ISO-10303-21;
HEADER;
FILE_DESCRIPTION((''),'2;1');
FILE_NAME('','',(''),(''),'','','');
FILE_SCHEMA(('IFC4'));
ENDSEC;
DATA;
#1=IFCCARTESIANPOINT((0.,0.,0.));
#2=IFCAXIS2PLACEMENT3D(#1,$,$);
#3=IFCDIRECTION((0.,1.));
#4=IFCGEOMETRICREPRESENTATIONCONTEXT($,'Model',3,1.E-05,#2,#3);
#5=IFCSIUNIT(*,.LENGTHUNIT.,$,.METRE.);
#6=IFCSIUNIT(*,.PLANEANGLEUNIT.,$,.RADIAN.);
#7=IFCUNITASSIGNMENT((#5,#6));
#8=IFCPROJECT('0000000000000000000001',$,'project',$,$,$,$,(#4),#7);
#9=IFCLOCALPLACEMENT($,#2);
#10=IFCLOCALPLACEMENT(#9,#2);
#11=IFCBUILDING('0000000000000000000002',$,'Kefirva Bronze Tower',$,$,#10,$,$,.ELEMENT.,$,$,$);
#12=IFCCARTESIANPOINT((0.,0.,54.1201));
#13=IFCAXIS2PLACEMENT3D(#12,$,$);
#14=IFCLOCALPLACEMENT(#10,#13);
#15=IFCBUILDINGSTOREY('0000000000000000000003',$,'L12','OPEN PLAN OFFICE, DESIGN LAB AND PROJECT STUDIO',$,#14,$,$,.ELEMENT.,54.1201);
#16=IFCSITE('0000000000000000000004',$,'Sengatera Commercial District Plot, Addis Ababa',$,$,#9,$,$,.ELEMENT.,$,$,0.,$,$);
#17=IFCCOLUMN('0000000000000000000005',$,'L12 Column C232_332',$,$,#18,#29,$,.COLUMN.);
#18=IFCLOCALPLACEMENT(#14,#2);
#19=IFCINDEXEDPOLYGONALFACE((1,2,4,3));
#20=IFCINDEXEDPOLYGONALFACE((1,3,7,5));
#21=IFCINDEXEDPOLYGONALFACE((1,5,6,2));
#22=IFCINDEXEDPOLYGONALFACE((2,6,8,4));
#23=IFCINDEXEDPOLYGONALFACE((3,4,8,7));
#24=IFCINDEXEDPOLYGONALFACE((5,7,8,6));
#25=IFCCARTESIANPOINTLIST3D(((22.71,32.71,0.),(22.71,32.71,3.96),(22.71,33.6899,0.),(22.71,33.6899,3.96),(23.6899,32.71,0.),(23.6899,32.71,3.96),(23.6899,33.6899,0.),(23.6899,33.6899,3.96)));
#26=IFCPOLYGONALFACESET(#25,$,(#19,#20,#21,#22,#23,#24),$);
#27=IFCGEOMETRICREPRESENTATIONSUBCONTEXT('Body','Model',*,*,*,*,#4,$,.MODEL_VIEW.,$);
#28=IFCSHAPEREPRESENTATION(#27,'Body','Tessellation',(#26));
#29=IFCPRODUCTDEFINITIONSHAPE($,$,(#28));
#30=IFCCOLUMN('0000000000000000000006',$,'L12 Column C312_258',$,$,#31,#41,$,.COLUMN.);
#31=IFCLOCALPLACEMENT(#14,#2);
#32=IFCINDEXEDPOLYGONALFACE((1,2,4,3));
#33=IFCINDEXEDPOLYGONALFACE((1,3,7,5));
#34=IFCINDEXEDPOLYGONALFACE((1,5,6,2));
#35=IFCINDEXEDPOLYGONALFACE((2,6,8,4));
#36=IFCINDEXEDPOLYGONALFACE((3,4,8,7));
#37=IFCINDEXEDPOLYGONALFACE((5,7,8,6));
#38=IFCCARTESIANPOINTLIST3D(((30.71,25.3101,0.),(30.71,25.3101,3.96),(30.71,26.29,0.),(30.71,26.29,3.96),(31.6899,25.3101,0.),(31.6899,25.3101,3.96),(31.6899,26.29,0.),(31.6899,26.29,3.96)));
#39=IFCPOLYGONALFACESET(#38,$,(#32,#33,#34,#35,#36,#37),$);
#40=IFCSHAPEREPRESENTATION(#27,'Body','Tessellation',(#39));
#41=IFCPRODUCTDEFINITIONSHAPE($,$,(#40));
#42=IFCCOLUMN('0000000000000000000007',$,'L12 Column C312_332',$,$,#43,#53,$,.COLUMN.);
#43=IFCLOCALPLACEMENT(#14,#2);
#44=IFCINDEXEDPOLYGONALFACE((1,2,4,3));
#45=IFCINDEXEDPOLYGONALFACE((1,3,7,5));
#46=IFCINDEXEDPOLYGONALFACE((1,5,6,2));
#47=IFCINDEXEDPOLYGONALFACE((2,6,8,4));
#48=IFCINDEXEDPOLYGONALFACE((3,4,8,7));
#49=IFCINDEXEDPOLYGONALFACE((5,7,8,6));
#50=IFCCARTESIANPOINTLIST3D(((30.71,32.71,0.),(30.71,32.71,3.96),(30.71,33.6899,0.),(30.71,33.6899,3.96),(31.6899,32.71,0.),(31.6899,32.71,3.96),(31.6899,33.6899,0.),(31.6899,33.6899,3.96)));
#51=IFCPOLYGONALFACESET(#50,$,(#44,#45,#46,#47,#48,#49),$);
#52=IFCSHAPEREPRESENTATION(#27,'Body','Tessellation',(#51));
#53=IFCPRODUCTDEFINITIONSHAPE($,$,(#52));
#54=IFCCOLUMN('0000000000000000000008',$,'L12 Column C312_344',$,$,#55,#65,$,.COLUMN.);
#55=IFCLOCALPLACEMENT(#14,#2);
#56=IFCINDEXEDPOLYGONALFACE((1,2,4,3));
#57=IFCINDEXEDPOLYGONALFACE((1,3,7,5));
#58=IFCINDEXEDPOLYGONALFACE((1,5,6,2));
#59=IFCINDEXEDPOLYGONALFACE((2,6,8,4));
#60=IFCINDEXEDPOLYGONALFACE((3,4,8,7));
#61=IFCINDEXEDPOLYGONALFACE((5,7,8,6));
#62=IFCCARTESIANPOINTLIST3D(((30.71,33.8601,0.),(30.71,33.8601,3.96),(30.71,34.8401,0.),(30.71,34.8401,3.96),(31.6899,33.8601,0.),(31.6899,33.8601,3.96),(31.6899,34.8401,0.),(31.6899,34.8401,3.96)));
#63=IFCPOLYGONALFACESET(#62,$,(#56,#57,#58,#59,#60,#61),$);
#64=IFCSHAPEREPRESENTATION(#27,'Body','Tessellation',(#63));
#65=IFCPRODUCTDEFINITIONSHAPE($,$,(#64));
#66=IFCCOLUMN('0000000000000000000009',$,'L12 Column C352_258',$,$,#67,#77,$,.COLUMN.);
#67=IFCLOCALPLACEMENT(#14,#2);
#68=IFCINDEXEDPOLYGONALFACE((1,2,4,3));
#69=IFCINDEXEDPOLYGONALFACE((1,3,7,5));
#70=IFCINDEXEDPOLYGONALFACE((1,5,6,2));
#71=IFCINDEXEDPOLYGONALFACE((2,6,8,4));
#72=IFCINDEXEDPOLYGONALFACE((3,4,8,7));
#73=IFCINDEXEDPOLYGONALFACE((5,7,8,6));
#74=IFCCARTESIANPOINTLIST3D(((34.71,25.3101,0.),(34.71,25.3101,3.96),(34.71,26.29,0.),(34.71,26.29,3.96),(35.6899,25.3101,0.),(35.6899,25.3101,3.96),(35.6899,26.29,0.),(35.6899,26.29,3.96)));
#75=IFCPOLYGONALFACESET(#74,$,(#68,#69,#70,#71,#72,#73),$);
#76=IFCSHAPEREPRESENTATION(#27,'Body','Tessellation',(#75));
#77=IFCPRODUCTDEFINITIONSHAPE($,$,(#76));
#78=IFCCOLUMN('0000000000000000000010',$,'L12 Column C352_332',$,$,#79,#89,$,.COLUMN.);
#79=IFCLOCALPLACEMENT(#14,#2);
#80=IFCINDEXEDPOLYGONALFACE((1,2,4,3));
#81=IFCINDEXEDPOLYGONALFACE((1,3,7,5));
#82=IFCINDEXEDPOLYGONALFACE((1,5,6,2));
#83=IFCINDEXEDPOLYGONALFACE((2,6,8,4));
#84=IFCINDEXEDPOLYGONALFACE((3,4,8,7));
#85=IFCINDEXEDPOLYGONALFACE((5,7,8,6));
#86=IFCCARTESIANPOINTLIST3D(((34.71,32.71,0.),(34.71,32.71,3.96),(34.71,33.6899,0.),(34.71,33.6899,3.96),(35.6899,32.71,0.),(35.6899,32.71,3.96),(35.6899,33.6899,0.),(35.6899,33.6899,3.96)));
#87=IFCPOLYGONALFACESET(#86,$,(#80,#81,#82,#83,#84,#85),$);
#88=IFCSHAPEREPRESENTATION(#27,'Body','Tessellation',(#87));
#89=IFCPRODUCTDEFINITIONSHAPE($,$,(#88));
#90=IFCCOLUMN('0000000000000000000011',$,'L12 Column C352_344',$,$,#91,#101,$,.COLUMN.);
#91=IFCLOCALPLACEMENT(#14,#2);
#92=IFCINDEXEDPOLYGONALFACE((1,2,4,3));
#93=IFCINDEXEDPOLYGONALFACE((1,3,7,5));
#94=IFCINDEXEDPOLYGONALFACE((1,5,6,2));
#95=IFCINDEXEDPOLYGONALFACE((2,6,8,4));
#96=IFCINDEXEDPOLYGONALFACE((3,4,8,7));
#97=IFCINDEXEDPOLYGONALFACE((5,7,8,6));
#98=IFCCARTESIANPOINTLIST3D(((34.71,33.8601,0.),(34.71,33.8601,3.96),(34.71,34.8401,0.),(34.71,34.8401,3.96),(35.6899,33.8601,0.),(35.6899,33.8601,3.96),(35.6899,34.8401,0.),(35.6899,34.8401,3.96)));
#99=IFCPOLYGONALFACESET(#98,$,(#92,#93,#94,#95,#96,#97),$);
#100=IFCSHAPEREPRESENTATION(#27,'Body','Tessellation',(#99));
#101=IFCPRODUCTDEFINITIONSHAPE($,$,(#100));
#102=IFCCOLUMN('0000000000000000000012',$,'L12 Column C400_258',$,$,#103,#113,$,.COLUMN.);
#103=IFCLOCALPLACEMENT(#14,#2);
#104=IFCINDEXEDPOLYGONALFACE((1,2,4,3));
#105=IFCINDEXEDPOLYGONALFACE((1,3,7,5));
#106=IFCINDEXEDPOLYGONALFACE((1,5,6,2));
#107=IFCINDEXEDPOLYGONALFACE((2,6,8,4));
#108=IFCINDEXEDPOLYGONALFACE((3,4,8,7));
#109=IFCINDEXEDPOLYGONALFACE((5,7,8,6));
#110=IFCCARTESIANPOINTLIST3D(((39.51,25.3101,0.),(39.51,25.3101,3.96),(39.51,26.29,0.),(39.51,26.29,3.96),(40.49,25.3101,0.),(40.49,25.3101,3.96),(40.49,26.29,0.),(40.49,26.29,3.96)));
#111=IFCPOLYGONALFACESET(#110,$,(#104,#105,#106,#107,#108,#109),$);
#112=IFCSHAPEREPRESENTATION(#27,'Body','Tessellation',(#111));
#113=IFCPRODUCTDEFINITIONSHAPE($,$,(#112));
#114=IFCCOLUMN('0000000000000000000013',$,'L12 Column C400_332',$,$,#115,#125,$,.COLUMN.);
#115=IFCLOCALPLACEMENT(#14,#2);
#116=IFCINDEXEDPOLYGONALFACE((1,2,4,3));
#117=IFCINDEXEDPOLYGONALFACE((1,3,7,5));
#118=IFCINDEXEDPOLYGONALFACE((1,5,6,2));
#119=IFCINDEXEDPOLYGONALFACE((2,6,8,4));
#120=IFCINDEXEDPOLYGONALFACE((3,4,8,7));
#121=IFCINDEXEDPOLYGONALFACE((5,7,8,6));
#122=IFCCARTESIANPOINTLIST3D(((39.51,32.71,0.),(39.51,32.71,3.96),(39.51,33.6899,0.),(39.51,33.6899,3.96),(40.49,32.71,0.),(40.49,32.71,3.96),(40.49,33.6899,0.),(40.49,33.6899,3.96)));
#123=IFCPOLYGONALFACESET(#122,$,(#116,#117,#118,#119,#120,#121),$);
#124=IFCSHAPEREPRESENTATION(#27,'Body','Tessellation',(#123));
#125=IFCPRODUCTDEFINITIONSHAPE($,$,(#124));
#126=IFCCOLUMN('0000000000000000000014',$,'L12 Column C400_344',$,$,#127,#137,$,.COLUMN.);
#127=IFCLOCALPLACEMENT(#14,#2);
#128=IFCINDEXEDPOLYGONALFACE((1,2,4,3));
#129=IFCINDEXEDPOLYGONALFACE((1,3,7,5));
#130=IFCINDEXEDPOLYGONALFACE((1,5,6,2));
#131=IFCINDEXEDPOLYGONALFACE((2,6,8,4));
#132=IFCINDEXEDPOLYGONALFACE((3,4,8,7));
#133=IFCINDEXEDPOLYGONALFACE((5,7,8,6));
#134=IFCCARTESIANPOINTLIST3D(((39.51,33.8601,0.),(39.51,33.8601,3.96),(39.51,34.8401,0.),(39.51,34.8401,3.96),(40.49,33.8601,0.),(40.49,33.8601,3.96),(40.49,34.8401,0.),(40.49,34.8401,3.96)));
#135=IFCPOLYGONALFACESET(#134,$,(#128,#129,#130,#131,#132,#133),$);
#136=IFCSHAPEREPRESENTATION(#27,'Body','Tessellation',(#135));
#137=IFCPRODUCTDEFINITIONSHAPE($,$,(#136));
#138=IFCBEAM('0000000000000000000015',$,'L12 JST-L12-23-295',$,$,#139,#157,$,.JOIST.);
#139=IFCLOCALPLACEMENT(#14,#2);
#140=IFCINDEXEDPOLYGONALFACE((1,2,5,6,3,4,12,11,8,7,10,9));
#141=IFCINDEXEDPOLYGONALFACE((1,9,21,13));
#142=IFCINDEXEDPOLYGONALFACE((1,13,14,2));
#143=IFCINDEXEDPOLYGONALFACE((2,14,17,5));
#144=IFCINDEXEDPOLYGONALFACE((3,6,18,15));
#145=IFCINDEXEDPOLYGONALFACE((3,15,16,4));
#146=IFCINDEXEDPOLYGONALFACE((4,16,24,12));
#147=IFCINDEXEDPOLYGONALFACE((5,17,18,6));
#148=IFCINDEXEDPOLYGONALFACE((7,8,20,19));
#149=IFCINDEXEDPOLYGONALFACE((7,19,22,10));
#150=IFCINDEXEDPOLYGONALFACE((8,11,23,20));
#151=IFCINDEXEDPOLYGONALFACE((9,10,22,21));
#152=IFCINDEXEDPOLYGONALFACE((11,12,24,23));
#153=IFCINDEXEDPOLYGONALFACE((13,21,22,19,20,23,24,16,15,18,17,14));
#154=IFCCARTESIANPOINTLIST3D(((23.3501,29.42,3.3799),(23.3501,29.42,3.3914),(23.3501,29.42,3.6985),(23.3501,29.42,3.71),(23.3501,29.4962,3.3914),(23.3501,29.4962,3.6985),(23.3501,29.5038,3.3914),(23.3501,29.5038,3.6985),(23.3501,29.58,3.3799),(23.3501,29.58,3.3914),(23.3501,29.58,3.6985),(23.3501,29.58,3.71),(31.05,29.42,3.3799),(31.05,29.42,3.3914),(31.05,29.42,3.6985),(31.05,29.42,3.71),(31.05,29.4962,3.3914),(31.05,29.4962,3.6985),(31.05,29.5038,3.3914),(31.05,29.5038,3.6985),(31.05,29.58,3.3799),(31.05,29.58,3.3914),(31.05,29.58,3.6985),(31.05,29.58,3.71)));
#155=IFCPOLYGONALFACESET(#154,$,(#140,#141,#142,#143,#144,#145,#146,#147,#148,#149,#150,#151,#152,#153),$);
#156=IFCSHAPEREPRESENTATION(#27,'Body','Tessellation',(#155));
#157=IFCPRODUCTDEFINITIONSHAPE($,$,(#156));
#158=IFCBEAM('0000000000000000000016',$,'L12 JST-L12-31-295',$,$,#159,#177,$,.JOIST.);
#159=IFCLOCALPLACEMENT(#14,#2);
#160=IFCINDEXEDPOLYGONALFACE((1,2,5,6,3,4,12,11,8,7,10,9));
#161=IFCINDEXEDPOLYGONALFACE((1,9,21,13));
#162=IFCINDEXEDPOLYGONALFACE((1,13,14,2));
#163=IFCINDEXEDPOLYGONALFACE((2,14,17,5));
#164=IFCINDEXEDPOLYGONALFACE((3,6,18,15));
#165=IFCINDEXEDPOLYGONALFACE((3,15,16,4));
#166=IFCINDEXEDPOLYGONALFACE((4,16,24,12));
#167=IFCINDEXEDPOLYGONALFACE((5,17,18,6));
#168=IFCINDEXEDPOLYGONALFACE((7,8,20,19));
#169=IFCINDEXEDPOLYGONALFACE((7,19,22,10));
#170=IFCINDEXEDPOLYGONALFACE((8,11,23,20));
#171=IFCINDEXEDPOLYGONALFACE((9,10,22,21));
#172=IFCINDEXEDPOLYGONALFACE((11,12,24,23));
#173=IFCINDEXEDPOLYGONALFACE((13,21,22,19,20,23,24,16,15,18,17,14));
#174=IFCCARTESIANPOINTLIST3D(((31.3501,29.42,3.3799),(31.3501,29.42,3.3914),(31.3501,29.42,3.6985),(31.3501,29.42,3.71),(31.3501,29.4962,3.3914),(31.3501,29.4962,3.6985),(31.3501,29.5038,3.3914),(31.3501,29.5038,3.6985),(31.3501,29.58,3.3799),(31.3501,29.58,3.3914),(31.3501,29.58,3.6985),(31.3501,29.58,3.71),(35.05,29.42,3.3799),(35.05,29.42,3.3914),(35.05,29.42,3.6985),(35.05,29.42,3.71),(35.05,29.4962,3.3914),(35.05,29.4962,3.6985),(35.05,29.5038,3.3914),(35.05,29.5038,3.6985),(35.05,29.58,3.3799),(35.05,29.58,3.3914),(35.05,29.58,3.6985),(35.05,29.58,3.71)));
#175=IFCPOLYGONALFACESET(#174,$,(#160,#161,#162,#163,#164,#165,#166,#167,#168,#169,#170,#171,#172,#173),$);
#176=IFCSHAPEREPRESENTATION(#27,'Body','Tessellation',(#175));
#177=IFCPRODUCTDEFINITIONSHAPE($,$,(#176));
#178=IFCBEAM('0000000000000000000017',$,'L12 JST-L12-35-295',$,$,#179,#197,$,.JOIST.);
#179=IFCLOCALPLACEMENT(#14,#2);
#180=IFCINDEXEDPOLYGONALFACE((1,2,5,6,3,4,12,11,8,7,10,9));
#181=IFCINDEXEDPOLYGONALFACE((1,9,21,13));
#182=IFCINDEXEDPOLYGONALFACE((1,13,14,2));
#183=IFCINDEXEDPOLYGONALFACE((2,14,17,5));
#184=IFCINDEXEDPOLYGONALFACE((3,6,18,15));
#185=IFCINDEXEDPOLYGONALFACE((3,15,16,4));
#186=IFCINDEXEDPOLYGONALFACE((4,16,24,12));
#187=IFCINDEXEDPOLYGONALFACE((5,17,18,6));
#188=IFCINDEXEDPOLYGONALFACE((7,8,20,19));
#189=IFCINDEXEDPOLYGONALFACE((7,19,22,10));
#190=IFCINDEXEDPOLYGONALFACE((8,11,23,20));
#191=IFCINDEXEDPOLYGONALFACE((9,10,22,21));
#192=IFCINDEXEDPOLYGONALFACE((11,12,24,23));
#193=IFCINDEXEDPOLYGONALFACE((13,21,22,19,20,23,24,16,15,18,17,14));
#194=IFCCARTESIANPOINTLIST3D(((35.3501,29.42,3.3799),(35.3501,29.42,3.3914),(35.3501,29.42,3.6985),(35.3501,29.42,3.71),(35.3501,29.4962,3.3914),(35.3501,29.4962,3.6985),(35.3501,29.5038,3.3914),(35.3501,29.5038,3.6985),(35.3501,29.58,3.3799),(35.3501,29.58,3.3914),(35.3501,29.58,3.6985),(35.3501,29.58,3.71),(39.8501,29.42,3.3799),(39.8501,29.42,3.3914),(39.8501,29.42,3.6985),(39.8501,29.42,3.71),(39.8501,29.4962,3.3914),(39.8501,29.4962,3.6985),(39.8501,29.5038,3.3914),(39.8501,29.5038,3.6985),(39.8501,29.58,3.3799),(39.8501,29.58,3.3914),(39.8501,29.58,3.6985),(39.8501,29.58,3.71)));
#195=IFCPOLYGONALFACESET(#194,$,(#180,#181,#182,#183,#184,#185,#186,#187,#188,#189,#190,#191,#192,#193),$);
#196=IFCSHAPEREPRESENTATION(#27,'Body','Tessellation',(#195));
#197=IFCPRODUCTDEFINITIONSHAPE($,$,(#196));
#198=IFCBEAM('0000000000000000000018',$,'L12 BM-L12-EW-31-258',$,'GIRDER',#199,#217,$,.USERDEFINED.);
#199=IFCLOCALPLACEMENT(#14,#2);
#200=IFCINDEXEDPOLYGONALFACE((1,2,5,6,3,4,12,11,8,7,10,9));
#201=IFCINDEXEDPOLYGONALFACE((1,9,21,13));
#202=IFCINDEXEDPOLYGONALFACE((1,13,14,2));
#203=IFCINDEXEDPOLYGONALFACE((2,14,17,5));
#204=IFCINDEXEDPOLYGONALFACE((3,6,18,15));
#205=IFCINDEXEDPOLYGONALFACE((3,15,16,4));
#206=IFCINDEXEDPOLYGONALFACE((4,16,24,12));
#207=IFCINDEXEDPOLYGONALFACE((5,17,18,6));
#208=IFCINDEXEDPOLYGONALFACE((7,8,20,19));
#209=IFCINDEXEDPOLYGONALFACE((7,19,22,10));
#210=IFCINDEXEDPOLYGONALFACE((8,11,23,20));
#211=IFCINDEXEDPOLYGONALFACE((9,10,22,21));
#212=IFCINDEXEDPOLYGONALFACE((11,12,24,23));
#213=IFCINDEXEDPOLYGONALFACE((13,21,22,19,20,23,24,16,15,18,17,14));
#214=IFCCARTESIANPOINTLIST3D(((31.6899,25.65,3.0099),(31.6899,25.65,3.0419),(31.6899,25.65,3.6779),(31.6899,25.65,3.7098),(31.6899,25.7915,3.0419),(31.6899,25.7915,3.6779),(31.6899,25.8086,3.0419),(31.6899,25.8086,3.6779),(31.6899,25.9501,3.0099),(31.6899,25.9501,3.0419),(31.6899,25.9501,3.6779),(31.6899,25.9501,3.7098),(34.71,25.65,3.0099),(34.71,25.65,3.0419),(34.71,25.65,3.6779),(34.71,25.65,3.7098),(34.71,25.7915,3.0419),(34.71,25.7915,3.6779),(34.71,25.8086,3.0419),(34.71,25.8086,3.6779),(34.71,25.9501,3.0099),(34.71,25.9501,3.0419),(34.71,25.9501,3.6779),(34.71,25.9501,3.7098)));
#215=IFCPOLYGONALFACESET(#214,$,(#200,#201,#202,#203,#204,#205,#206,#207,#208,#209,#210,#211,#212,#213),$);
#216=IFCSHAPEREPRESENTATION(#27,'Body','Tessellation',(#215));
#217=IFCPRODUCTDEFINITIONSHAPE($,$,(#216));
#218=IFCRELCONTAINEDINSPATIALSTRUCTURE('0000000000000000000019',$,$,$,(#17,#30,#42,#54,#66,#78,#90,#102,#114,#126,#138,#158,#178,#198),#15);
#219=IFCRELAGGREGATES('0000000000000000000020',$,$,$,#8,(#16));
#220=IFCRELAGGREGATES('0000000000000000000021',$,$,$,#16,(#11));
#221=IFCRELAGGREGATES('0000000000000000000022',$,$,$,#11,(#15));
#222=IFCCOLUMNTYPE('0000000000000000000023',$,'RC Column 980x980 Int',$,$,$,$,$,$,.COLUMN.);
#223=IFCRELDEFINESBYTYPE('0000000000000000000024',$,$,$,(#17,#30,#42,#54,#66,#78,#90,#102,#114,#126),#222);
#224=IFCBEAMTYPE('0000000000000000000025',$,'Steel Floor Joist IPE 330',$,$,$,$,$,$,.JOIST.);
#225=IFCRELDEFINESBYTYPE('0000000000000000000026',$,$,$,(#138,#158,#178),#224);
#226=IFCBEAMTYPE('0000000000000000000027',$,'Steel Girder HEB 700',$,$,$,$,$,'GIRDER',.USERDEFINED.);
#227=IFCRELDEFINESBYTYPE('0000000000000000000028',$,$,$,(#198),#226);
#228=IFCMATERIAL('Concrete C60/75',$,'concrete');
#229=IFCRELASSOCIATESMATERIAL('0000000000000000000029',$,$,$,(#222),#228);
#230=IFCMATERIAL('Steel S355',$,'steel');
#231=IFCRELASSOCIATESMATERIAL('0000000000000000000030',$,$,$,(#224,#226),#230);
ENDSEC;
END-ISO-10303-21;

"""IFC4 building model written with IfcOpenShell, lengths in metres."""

from ifc_helpers import new_model, si_unit, direction, frame, origin, origin_2d, place, context, subcontext, project, spatial, rectangle, i_section, extrude, material, material_profile, profile_set, type_object, element, save


model = new_model("IFC4")

# Units and contexts
model_context = context("Model", 3, precision=1e-05, world=origin(), true_north=direction((0.0, 1.0)))
body_context = subcontext(model_context, "Body", "Model", "MODEL_VIEW")
ifc_project = project(units=[si_unit("LENGTHUNIT", "METRE"), si_unit("PLANEANGLEUNIT", "RADIAN")], contexts=[model_context])

# Site, building, storey
site_placement = place(None, origin())
site = spatial("IfcSite", under=ifc_project, at=site_placement, Name="Sengatera Commercial District Plot, Addis Ababa", CompositionType="ELEMENT", RefElevation=0.0)
building_placement = place(site_placement, origin())
building = spatial("IfcBuilding", under=site, at=building_placement, Name="Kefirva Bronze Tower", CompositionType="ELEMENT")
storey_placement = place(building_placement, frame((0.0, 0.0, 54.1201)))
storey = spatial("IfcBuildingStorey", under=building, at=storey_placement, Name="L12", Description="OPEN PLAN OFFICE, DESIGN LAB AND PROJECT STUDIO", CompositionType="ELEMENT", Elevation=54.1201)

# Columns
ifc_material_1 = material(Name="Concrete C60/75", Category="concrete")
ifc_material_profile_1 = material_profile(ifc_material_1, rectangle(XDim=0.98, YDim=0.98, at=origin_2d()), Name="RC 980x980")
ifc_profile_set_1 = profile_set([ifc_material_profile_1], Name="Concrete C60/75")
column_type = type_object("IfcColumnType", Name="RC Column 980x980 Int", PredefinedType="COLUMN", material=ifc_profile_set_1)
for number, where, z_axis, x_axis, name in (
    (1, (23.2, 33.2, 0.0), (0.0, 0.0, 1.0), (1.0, 0.0, 0.0), "L12 Column C232_332"),
    (2, (31.2, 25.8, 0.0), (0.0, 0.0, 1.0), (1.0, 0.0, 0.0), "L12 Column C312_258"),
    (3, (31.2, 33.2, 0.0), (0.0, 0.0, 1.0), (1.0, 0.0, 0.0), "L12 Column C312_332"),
    (4, (31.2, 34.3501, 0.0), (0.0, 0.0, 1.0), (1.0, 0.0, 0.0), "L12 Column C312_344"),
    (5, (35.2, 25.8, 0.0), (0.0, 0.0, 1.0), (1.0, 0.0, 0.0), "L12 Column C352_258"),
    (6, (35.2, 33.2, 0.0), (0.0, 0.0, 1.0), (1.0, 0.0, 0.0), "L12 Column C352_332"),
    (7, (35.2, 34.3501, 0.0), (0.0, 0.0, 1.0), (1.0, 0.0, 0.0), "L12 Column C352_344"),
    (8, (40.0, 25.8, 0.0), (0.0, 0.0, 1.0), (1.0, 0.0, 0.0), "L12 Column C400_258"),
    (9, (40.0, 33.2, 0.0), (0.0, 0.0, 1.0), (1.0, 0.0, 0.0), "L12 Column C400_332"),
    (10, (40.0, 34.3501, 0.0), (0.0, 0.0, 1.0), (1.0, 0.0, 0.0), "L12 Column C400_344"),
):
    element("IfcColumn", number, at=place(storey_placement, frame(where, z_axis=z_axis, x_axis=x_axis)), inside=storey, type_object=column_type, Name=name, PredefinedType="COLUMN", context=body_context, shape_type="SweptSolid", body=[
        extrude(rectangle(XDim=0.98, YDim=0.98, at=origin_2d()), origin(), (0.0, 0.0, 1.0), 3.96),
    ])

# Beams
ifc_material_2 = material(Name="Steel S355", Category="steel")
ifc_material_profile_2 = material_profile(ifc_material_2, i_section(OverallWidth=0.1599, OverallDepth=0.3301, WebThickness=0.0076, FlangeThickness=0.0115, at=origin_2d()), Name="IPE 330")
ifc_profile_set_2 = profile_set([ifc_material_profile_2], Name="Steel S355")
beam_type_1 = type_object("IfcBeamType", Name="Steel Floor Joist IPE 330", PredefinedType="JOIST", material=ifc_profile_set_2)
beam_1_placement = place(storey_placement, frame((23.3501, 29.5, 3.5449), z_axis=(1.0, 0.0, 0.0), x_axis=(0.0, 1.0, 0.0)))
element("IfcBeam", 11, at=beam_1_placement, inside=storey, type_object=beam_type_1, Name="L12 JST-L12-23-295", PredefinedType="JOIST", context=body_context, shape_type="SweptSolid", body=[
    extrude(i_section(OverallWidth=0.1599, OverallDepth=0.3301, WebThickness=0.0076, FlangeThickness=0.0115, at=origin_2d()), origin(), (0.0, 0.0, 1.0), 7.7),
])
beam_2_placement = place(storey_placement, frame((31.3501, 29.5, 3.5449), z_axis=(1.0, 0.0, 0.0), x_axis=(0.0, 1.0, 0.0)))
element("IfcBeam", 12, at=beam_2_placement, inside=storey, type_object=beam_type_1, Name="L12 JST-L12-31-295", PredefinedType="JOIST", context=body_context, shape_type="SweptSolid", body=[
    extrude(i_section(OverallWidth=0.1599, OverallDepth=0.3301, WebThickness=0.0076, FlangeThickness=0.0115, at=origin_2d()), origin(), (0.0, 0.0, 1.0), 3.7),
])
beam_3_placement = place(storey_placement, frame((35.3501, 29.5, 3.5449), z_axis=(1.0, 0.0, 0.0), x_axis=(0.0, 1.0, 0.0)))
element("IfcBeam", 13, at=beam_3_placement, inside=storey, type_object=beam_type_1, Name="L12 JST-L12-35-295", PredefinedType="JOIST", context=body_context, shape_type="SweptSolid", body=[
    extrude(i_section(OverallWidth=0.1599, OverallDepth=0.3301, WebThickness=0.0076, FlangeThickness=0.0115, at=origin_2d()), origin(), (0.0, 0.0, 1.0), 4.5),
])
ifc_material_profile_3 = material_profile(ifc_material_2, i_section(OverallWidth=0.3, OverallDepth=0.7, WebThickness=0.0171, FlangeThickness=0.032, at=origin_2d()), Name="HEB 700")
ifc_profile_set_3 = profile_set([ifc_material_profile_3], Name="Steel S355")
beam_type_2 = type_object("IfcBeamType", Name="Steel Girder HEB 700", ElementType="GIRDER", PredefinedType="USERDEFINED", material=ifc_profile_set_3)
beam_4_placement = place(storey_placement, frame((31.6899, 25.8, 3.3599), z_axis=(1.0, 0.0, 0.0), x_axis=(0.0, 1.0, 0.0)))
element("IfcBeam", 14, at=beam_4_placement, inside=storey, type_object=beam_type_2, Name="L12 BM-L12-EW-31-258", ObjectType="GIRDER", PredefinedType="USERDEFINED", context=body_context, shape_type="SweptSolid", body=[
    extrude(i_section(OverallWidth=0.3, OverallDepth=0.7, WebThickness=0.0171, FlangeThickness=0.032, at=origin_2d()), origin(), (0.0, 0.0, 1.0), 3.02),
])

save(model, "model.ifc")
